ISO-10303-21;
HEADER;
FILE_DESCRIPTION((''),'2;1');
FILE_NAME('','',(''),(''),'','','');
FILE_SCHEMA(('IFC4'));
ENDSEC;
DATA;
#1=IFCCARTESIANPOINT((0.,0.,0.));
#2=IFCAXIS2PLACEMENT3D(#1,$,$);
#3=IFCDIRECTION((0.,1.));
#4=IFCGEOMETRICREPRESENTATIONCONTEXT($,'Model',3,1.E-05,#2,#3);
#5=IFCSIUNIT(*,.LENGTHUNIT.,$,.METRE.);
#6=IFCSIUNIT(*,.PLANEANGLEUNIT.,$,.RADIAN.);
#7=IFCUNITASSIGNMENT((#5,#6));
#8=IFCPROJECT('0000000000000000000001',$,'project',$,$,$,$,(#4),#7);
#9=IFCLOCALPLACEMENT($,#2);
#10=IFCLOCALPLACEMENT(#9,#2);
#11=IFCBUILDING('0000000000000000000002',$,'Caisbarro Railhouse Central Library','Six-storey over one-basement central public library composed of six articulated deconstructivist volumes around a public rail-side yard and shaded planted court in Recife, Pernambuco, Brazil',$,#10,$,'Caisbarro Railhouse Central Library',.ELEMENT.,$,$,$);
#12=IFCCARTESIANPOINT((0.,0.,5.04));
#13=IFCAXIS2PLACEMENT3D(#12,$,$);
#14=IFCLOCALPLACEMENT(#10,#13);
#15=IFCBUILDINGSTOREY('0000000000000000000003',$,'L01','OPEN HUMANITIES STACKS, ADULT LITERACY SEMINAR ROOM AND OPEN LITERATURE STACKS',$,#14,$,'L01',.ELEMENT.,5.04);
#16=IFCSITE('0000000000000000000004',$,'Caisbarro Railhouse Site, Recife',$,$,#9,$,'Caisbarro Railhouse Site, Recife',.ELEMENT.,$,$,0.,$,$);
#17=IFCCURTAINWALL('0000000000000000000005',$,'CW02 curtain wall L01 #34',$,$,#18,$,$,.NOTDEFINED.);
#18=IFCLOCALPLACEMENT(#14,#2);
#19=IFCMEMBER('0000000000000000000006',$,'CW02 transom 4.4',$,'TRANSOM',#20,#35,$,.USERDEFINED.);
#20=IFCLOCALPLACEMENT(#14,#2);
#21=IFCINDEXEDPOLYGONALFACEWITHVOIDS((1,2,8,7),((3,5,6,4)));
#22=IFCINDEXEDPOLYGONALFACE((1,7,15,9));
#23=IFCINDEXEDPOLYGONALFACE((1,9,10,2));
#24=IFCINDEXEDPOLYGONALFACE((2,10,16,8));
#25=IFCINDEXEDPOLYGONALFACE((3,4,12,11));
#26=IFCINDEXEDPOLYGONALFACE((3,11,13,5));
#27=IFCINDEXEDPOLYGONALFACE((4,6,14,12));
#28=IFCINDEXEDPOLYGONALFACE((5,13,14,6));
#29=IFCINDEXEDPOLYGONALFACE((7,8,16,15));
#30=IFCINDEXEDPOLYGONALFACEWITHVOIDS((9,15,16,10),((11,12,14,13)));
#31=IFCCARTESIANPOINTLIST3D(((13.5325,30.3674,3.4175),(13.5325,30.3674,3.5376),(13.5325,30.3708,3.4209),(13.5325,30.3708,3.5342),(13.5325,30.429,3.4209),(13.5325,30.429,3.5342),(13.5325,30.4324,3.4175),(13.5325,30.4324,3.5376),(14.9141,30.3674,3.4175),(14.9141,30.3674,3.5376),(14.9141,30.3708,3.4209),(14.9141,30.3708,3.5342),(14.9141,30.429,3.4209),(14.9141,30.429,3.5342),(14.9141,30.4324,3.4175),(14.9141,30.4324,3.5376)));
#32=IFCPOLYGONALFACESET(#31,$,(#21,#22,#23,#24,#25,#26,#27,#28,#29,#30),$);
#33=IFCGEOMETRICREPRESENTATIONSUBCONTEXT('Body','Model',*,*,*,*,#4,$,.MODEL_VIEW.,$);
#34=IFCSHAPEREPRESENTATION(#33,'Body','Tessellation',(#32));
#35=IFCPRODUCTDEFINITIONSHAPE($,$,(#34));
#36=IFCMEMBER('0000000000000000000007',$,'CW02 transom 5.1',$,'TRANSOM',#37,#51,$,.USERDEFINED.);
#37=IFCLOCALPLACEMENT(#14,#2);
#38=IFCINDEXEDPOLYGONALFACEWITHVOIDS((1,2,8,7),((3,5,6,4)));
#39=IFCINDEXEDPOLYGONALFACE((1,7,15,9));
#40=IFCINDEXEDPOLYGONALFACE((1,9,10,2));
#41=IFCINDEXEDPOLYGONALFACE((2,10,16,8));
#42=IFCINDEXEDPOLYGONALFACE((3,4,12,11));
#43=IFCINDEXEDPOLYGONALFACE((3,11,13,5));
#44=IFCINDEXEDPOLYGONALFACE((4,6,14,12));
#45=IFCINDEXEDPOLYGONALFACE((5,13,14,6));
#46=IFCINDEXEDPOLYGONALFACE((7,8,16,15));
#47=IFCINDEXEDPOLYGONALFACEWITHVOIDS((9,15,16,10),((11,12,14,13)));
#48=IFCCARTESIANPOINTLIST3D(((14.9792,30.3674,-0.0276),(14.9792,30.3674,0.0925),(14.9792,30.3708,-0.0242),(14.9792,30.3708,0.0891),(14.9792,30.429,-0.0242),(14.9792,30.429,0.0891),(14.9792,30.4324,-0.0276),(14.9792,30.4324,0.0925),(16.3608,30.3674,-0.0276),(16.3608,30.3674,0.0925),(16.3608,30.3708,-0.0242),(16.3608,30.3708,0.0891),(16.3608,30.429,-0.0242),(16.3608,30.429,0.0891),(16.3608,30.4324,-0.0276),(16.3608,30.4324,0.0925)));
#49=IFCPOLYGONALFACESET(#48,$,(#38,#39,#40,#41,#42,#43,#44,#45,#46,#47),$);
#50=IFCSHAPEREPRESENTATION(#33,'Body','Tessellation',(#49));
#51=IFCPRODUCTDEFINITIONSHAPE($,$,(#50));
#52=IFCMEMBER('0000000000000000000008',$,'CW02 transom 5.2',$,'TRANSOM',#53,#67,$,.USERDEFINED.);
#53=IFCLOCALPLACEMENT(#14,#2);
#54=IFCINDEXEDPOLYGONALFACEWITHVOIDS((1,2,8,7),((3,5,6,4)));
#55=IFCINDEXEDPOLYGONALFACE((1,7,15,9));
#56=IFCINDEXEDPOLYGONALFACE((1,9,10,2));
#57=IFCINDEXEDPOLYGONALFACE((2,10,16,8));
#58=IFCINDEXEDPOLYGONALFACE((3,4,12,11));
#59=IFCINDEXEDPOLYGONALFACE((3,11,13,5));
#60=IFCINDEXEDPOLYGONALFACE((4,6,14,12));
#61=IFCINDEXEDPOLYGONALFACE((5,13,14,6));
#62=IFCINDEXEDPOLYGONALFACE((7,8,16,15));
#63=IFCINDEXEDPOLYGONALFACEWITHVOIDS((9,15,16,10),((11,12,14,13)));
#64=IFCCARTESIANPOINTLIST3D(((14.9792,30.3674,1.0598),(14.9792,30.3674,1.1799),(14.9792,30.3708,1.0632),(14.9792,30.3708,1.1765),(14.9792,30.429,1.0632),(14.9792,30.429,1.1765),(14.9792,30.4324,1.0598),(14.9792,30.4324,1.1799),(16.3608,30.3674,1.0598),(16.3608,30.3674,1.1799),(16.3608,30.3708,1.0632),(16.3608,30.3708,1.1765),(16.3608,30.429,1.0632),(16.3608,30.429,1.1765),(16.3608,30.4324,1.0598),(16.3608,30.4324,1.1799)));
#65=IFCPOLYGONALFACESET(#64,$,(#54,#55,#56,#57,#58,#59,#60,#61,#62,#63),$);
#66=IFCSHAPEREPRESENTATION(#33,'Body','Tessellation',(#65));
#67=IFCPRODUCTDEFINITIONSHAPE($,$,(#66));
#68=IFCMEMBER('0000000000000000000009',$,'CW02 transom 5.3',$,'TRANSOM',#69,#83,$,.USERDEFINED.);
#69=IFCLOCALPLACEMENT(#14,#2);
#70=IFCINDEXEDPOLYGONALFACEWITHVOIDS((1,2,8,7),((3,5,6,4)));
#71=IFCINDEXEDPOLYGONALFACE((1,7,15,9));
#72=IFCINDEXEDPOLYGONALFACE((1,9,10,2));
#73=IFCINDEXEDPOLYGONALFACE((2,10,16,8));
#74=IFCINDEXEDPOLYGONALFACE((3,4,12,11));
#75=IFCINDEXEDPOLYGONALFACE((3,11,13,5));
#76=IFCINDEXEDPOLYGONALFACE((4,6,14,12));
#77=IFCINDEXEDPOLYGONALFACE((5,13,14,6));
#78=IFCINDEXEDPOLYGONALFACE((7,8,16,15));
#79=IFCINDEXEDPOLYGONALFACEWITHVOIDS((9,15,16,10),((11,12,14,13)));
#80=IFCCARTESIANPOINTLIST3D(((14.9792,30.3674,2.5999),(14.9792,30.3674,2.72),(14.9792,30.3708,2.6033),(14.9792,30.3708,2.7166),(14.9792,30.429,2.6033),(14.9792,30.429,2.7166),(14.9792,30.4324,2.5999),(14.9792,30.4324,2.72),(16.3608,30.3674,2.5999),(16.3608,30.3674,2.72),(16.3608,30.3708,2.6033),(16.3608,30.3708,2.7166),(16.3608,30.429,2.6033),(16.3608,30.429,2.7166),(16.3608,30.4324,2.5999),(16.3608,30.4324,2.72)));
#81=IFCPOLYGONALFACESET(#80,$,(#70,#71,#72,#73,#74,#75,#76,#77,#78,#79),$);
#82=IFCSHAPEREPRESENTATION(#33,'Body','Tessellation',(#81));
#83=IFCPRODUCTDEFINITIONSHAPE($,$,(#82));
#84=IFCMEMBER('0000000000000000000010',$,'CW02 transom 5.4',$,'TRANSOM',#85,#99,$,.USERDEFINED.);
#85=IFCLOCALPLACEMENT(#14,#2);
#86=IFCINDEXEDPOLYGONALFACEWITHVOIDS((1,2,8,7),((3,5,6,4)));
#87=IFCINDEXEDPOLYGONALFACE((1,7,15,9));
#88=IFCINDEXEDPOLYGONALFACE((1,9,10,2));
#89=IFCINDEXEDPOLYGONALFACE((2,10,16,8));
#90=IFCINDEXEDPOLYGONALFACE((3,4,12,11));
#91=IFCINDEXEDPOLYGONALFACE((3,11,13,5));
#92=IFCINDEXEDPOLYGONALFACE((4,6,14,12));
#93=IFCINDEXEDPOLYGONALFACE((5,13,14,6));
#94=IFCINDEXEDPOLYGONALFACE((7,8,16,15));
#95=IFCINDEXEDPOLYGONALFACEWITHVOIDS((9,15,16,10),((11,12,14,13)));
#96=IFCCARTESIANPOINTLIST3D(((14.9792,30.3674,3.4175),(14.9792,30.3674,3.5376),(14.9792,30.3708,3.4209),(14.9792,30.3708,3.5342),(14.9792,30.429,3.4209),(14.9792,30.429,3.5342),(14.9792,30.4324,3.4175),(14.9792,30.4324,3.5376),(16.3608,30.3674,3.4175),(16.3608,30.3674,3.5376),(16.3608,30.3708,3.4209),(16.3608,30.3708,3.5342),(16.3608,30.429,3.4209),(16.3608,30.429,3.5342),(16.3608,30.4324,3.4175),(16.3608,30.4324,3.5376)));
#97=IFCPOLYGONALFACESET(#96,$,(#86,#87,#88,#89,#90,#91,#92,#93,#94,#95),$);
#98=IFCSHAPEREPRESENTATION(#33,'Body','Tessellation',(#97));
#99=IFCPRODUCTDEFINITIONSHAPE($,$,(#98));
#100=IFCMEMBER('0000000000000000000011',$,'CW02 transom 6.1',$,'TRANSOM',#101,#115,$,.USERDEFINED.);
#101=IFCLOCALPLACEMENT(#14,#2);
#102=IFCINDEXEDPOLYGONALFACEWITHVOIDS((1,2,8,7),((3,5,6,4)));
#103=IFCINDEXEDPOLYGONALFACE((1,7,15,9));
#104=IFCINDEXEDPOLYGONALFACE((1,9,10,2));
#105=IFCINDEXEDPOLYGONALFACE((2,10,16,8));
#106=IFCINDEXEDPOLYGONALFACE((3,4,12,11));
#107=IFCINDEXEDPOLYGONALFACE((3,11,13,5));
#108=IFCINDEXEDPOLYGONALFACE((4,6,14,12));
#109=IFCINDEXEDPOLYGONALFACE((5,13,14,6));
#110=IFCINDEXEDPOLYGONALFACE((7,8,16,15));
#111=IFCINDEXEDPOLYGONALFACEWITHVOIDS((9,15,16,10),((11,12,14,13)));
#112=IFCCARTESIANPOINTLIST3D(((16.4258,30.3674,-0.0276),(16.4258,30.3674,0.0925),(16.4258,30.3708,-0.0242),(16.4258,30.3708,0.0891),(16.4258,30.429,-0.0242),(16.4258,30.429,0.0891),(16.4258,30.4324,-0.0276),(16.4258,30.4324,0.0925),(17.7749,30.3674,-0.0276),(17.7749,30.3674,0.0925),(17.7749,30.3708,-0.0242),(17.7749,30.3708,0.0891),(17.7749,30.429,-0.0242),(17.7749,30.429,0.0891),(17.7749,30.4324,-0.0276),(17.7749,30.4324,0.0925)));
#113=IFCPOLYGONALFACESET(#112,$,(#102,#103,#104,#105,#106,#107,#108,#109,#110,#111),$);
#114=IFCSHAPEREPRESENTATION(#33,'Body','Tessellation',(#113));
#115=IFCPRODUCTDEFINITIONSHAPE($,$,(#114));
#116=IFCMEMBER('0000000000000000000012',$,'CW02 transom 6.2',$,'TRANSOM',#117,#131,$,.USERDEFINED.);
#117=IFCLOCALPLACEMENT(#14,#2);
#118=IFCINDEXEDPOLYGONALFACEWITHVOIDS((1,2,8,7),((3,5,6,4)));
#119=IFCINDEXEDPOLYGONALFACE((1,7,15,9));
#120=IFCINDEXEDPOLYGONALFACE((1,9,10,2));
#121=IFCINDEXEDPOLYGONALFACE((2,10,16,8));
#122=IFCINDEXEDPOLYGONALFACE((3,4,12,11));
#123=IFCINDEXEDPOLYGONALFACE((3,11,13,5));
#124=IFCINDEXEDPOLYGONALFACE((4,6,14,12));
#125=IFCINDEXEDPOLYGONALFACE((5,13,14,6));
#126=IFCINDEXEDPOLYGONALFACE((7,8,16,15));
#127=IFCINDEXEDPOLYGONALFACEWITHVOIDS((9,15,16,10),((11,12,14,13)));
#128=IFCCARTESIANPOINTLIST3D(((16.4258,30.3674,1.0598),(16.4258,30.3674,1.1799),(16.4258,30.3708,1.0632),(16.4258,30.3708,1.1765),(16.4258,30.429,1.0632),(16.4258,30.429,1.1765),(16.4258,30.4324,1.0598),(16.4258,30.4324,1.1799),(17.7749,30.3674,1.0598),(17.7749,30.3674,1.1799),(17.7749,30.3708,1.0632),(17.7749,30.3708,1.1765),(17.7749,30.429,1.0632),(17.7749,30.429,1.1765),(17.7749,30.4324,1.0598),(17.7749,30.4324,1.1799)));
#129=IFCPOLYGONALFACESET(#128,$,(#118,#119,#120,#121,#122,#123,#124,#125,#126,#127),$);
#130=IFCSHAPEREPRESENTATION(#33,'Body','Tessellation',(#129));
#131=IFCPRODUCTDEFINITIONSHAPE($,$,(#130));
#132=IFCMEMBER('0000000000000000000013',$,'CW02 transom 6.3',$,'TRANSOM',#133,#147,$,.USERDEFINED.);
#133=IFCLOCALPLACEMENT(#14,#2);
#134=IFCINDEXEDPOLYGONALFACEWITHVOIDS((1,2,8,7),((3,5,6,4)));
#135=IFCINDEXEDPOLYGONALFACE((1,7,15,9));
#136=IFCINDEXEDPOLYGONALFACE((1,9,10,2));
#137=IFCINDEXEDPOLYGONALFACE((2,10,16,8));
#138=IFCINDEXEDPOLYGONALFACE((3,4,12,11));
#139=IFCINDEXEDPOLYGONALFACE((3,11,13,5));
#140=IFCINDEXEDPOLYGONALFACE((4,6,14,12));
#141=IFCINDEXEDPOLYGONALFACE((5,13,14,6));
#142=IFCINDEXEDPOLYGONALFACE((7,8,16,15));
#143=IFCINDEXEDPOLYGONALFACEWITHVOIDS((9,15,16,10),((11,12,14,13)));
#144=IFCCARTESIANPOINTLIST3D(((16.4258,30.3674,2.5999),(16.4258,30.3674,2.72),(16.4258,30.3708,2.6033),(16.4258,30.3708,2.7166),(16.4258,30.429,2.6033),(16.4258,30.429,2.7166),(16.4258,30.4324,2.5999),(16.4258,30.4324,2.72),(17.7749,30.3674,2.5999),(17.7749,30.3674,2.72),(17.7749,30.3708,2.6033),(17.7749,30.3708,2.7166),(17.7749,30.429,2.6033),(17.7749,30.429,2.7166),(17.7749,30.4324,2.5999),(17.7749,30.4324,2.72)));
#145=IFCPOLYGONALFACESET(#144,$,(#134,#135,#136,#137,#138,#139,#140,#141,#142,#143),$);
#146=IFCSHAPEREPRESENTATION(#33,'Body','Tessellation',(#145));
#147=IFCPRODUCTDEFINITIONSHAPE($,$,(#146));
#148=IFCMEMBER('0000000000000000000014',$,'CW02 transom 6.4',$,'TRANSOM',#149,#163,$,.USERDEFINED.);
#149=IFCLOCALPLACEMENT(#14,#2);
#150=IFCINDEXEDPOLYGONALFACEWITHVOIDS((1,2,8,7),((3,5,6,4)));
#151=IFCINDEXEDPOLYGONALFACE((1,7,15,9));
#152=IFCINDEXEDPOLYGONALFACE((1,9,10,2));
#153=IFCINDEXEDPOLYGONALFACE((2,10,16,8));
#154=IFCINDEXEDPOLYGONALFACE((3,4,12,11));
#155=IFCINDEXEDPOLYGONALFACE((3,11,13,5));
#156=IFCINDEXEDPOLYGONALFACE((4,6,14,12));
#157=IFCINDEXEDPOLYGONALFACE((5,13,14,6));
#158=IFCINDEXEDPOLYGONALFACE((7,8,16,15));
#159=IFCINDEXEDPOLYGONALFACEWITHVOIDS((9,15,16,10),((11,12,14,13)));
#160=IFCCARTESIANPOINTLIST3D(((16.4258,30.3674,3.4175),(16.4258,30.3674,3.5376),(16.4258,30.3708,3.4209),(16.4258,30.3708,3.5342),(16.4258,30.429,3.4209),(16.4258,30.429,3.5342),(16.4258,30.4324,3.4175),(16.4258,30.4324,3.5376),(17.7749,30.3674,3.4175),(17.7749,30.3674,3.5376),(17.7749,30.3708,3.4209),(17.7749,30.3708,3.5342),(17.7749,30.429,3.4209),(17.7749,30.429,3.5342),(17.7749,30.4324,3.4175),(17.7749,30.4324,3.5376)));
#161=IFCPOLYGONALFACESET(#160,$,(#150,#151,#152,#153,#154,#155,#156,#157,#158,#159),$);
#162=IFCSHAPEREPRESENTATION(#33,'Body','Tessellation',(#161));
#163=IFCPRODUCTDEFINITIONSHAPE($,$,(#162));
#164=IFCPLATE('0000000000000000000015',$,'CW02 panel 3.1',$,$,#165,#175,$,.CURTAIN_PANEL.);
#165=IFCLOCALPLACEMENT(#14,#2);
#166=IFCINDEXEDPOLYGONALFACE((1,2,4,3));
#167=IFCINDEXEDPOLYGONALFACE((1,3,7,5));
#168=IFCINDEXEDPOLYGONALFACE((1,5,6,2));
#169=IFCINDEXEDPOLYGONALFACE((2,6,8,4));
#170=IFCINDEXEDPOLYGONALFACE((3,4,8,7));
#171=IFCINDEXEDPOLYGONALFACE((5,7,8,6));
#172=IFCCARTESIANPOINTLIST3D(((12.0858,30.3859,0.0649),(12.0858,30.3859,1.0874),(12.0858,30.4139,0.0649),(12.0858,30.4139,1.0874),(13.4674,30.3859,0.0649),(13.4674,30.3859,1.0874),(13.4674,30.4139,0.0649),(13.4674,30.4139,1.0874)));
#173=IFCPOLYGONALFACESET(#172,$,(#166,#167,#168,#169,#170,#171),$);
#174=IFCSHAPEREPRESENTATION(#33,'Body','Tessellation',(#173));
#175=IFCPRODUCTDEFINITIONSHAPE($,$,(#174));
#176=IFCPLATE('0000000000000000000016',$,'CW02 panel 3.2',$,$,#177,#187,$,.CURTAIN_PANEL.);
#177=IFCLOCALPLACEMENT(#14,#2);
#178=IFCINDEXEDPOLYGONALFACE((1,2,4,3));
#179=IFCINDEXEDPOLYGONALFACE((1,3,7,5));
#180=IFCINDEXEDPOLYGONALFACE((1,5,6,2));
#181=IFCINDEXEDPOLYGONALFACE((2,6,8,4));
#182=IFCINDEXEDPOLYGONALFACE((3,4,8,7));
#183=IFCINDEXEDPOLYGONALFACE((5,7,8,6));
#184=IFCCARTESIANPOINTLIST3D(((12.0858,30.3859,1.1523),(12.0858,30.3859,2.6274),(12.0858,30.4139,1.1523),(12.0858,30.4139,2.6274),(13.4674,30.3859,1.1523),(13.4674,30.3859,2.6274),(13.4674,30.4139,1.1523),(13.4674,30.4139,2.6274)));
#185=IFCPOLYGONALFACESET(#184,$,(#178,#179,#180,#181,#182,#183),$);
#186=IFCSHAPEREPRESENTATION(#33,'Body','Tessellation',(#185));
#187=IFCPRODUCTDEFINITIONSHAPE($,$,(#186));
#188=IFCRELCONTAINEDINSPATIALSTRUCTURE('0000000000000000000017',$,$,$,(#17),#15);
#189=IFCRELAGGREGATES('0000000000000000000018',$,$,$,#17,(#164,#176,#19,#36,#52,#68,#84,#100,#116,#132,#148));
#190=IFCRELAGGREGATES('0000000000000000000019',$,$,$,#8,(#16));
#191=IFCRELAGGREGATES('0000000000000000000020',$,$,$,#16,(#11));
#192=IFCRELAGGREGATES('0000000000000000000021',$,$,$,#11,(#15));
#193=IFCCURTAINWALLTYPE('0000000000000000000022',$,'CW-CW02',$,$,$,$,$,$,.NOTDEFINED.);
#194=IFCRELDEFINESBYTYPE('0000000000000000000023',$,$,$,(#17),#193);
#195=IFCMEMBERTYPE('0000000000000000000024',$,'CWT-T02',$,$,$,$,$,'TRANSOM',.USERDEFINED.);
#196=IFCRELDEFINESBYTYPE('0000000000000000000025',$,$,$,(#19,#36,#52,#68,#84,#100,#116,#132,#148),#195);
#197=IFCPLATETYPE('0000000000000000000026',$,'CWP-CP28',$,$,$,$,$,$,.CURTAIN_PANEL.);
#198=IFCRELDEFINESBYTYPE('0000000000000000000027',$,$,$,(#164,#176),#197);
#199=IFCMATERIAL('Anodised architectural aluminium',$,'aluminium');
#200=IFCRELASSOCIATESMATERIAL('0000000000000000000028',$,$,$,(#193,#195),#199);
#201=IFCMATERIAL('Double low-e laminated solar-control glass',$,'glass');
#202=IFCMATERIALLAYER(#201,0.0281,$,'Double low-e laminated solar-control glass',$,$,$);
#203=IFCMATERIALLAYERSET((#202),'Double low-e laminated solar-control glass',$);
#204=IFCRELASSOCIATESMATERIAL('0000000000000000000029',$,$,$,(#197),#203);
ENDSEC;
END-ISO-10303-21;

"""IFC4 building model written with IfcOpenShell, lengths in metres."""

from ifc_helpers import new_model, si_unit, direction, frame, origin, origin_2d, place, context, subcontext, project, spatial, rectangle, hollow_rectangle, extrude, material, layer, layer_set, material_profile, profile_set, type_object, element, aggregate, save


model = new_model("IFC4")

# Units and contexts
model_context = context("Model", 3, precision=1e-05, world=origin(), true_north=direction((0.0, 1.0)))
body_context = subcontext(model_context, "Body", "Model", "MODEL_VIEW")
ifc_project = project(units=[si_unit("LENGTHUNIT", "METRE"), si_unit("PLANEANGLEUNIT", "RADIAN")], contexts=[model_context])

# Site, building, storey
site_placement = place(None, origin())
site = spatial("IfcSite", under=ifc_project, at=site_placement, Name="Caisbarro Railhouse Site, Recife", LongName="Caisbarro Railhouse Site, Recife", CompositionType="ELEMENT", RefElevation=0.0)
building_placement = place(site_placement, origin())
building = spatial("IfcBuilding", under=site, at=building_placement, Name="Caisbarro Railhouse Central Library", Description="Six-storey over one-basement central public library composed of six articulated deconstructivist volumes around a public rail-side yard and shaded planted court in Recife, Pernambuco, Brazil", LongName="Caisbarro Railhouse Central Library", CompositionType="ELEMENT")
storey_placement = place(building_placement, frame((0.0, 0.0, 5.04)))
storey = spatial("IfcBuildingStorey", under=building, at=storey_placement, Name="L01", Description="OPEN HUMANITIES STACKS, ADULT LITERACY SEMINAR ROOM AND OPEN LITERATURE STACKS", LongName="L01", CompositionType="ELEMENT", Elevation=5.04)

# Curtain wall, members, plates
ifc_material_1 = material(Name="Anodised architectural aluminium", Category="aluminium")
curtain_wall_type = type_object("IfcCurtainWallType", Name="CW-CW02", PredefinedType="NOTDEFINED", material=ifc_material_1)
curtain_wall_placement = place(storey_placement, origin())
curtain_wall = element("IfcCurtainWall", 1, at=curtain_wall_placement, inside=storey, type_object=curtain_wall_type, Name="CW02 curtain wall L01 #34", PredefinedType="NOTDEFINED")
ifc_material_profile_1 = material_profile(ifc_material_1, hollow_rectangle(XDim=0.0649, YDim=0.1201, WallThickness=0.0034, at=origin_2d()), Name="ALU-TRN-65X120")
ifc_profile_set_1 = profile_set([ifc_material_profile_1], Name="Anodised architectural aluminium")
member_type_1 = type_object("IfcMemberType", Name="CWT-T02", ElementType="TRANSOM", PredefinedType="USERDEFINED", material=ifc_profile_set_1)
member_1_placement = place(storey_placement, frame((13.5325, 30.3999, 3.4775), z_axis=(1.0, 0.0, 0.0), x_axis=(0.0, 1.0, 0.0)))
member_1 = element("IfcMember", 2, at=member_1_placement, type_object=member_type_1, Name="CW02 transom 4.4", ObjectType="TRANSOM", PredefinedType="USERDEFINED", context=body_context, shape_type="SweptSolid", body=[
    extrude(hollow_rectangle(XDim=0.0649, YDim=0.1201, WallThickness=0.0034, at=origin_2d()), origin(), (0.0, 0.0, 1.0), 1.3816),
])
member_2_placement = place(storey_placement, frame((14.9792, 30.3999, 0.0325), z_axis=(1.0, 0.0, 0.0), x_axis=(0.0, 1.0, 0.0)))
member_2 = element("IfcMember", 3, at=member_2_placement, type_object=member_type_1, Name="CW02 transom 5.1", ObjectType="TRANSOM", PredefinedType="USERDEFINED", context=body_context, shape_type="SweptSolid", body=[
    extrude(hollow_rectangle(XDim=0.0649, YDim=0.1201, WallThickness=0.0034, at=origin_2d()), origin(), (0.0, 0.0, 1.0), 1.3816),
])
member_3_placement = place(storey_placement, frame((14.9792, 30.3999, 1.1199), z_axis=(1.0, 0.0, 0.0), x_axis=(0.0, 1.0, 0.0)))
member_3 = element("IfcMember", 4, at=member_3_placement, type_object=member_type_1, Name="CW02 transom 5.2", ObjectType="TRANSOM", PredefinedType="USERDEFINED", context=body_context, shape_type="SweptSolid", body=[
    extrude(hollow_rectangle(XDim=0.0649, YDim=0.1201, WallThickness=0.0034, at=origin_2d()), origin(), (0.0, 0.0, 1.0), 1.3816),
])
member_4_placement = place(storey_placement, frame((14.9792, 30.3999, 2.6599), z_axis=(1.0, 0.0, 0.0), x_axis=(0.0, 1.0, 0.0)))
member_4 = element("IfcMember", 5, at=member_4_placement, type_object=member_type_1, Name="CW02 transom 5.3", ObjectType="TRANSOM", PredefinedType="USERDEFINED", context=body_context, shape_type="SweptSolid", body=[
    extrude(hollow_rectangle(XDim=0.0649, YDim=0.1201, WallThickness=0.0034, at=origin_2d()), origin(), (0.0, 0.0, 1.0), 1.3816),
])
member_5_placement = place(storey_placement, frame((14.9792, 30.3999, 3.4775), z_axis=(1.0, 0.0, 0.0), x_axis=(0.0, 1.0, 0.0)))
member_5 = element("IfcMember", 6, at=member_5_placement, type_object=member_type_1, Name="CW02 transom 5.4", ObjectType="TRANSOM", PredefinedType="USERDEFINED", context=body_context, shape_type="SweptSolid", body=[
    extrude(hollow_rectangle(XDim=0.0649, YDim=0.1201, WallThickness=0.0034, at=origin_2d()), origin(), (0.0, 0.0, 1.0), 1.3816),
])
member_6_placement = place(storey_placement, frame((16.4258, 30.3999, 0.0325), z_axis=(1.0, 0.0, 0.0), x_axis=(0.0, 1.0, 0.0)))
member_6 = element("IfcMember", 7, at=member_6_placement, type_object=member_type_1, Name="CW02 transom 6.1", ObjectType="TRANSOM", PredefinedType="USERDEFINED", context=body_context, shape_type="SweptSolid", body=[
    extrude(hollow_rectangle(XDim=0.0649, YDim=0.1201, WallThickness=0.0034, at=origin_2d()), origin(), (0.0, 0.0, 1.0), 1.3491),
])
member_7_placement = place(storey_placement, frame((16.4258, 30.3999, 1.1199), z_axis=(1.0, 0.0, 0.0), x_axis=(0.0, 1.0, 0.0)))
member_7 = element("IfcMember", 8, at=member_7_placement, type_object=member_type_1, Name="CW02 transom 6.2", ObjectType="TRANSOM", PredefinedType="USERDEFINED", context=body_context, shape_type="SweptSolid", body=[
    extrude(hollow_rectangle(XDim=0.0649, YDim=0.1201, WallThickness=0.0034, at=origin_2d()), origin(), (0.0, 0.0, 1.0), 1.3491),
])
member_8_placement = place(storey_placement, frame((16.4258, 30.3999, 2.6599), z_axis=(1.0, 0.0, 0.0), x_axis=(0.0, 1.0, 0.0)))
member_8 = element("IfcMember", 9, at=member_8_placement, type_object=member_type_1, Name="CW02 transom 6.3", ObjectType="TRANSOM", PredefinedType="USERDEFINED", context=body_context, shape_type="SweptSolid", body=[
    extrude(hollow_rectangle(XDim=0.0649, YDim=0.1201, WallThickness=0.0034, at=origin_2d()), origin(), (0.0, 0.0, 1.0), 1.3491),
])
member_9_placement = place(storey_placement, frame((16.4258, 30.3999, 3.4775), z_axis=(1.0, 0.0, 0.0), x_axis=(0.0, 1.0, 0.0)))
member_9 = element("IfcMember", 10, at=member_9_placement, type_object=member_type_1, Name="CW02 transom 6.4", ObjectType="TRANSOM", PredefinedType="USERDEFINED", context=body_context, shape_type="SweptSolid", body=[
    extrude(hollow_rectangle(XDim=0.0649, YDim=0.1201, WallThickness=0.0034, at=origin_2d()), origin(), (0.0, 0.0, 1.0), 1.3491),
])
ifc_material_2 = material(Name="Double low-e laminated solar-control glass", Category="glass")
ifc_layer_1 = layer(ifc_material_2, 0.0281, Name="Double low-e laminated solar-control glass")
ifc_layer_set_1 = layer_set([ifc_layer_1], Name="Double low-e laminated solar-control glass")
plate_type = type_object("IfcPlateType", Name="CWP-CP28", PredefinedType="CURTAIN_PANEL", material=ifc_layer_set_1)
plate_1_placement = place(storey_placement, frame((12.7766, 30.3999, 0.0649), z_axis=(0.0, 0.0, 1.0), x_axis=(1.0, 0.0, 0.0)))
plate_1 = element("IfcPlate", 11, at=plate_1_placement, type_object=plate_type, Name="CW02 panel 3.1", PredefinedType="CURTAIN_PANEL", context=body_context, shape_type="SweptSolid", body=[
    extrude(rectangle(XDim=1.3816, YDim=0.0281, at=origin_2d()), origin(), (0.0, 0.0, 1.0), 1.0225),
])
plate_2_placement = place(storey_placement, frame((12.7766, 30.3999, 1.1523), z_axis=(0.0, 0.0, 1.0), x_axis=(1.0, 0.0, 0.0)))
plate_2 = element("IfcPlate", 12, at=plate_2_placement, type_object=plate_type, Name="CW02 panel 3.2", PredefinedType="CURTAIN_PANEL", context=body_context, shape_type="SweptSolid", body=[
    extrude(rectangle(XDim=1.3816, YDim=0.0281, at=origin_2d()), origin(), (0.0, 0.0, 1.0), 1.4751),
])
aggregate(curtain_wall, [plate_1, plate_2, member_1, member_2, member_3, member_4, member_5, member_6, member_7, member_8, member_9])

save(model, "model.ifc")
